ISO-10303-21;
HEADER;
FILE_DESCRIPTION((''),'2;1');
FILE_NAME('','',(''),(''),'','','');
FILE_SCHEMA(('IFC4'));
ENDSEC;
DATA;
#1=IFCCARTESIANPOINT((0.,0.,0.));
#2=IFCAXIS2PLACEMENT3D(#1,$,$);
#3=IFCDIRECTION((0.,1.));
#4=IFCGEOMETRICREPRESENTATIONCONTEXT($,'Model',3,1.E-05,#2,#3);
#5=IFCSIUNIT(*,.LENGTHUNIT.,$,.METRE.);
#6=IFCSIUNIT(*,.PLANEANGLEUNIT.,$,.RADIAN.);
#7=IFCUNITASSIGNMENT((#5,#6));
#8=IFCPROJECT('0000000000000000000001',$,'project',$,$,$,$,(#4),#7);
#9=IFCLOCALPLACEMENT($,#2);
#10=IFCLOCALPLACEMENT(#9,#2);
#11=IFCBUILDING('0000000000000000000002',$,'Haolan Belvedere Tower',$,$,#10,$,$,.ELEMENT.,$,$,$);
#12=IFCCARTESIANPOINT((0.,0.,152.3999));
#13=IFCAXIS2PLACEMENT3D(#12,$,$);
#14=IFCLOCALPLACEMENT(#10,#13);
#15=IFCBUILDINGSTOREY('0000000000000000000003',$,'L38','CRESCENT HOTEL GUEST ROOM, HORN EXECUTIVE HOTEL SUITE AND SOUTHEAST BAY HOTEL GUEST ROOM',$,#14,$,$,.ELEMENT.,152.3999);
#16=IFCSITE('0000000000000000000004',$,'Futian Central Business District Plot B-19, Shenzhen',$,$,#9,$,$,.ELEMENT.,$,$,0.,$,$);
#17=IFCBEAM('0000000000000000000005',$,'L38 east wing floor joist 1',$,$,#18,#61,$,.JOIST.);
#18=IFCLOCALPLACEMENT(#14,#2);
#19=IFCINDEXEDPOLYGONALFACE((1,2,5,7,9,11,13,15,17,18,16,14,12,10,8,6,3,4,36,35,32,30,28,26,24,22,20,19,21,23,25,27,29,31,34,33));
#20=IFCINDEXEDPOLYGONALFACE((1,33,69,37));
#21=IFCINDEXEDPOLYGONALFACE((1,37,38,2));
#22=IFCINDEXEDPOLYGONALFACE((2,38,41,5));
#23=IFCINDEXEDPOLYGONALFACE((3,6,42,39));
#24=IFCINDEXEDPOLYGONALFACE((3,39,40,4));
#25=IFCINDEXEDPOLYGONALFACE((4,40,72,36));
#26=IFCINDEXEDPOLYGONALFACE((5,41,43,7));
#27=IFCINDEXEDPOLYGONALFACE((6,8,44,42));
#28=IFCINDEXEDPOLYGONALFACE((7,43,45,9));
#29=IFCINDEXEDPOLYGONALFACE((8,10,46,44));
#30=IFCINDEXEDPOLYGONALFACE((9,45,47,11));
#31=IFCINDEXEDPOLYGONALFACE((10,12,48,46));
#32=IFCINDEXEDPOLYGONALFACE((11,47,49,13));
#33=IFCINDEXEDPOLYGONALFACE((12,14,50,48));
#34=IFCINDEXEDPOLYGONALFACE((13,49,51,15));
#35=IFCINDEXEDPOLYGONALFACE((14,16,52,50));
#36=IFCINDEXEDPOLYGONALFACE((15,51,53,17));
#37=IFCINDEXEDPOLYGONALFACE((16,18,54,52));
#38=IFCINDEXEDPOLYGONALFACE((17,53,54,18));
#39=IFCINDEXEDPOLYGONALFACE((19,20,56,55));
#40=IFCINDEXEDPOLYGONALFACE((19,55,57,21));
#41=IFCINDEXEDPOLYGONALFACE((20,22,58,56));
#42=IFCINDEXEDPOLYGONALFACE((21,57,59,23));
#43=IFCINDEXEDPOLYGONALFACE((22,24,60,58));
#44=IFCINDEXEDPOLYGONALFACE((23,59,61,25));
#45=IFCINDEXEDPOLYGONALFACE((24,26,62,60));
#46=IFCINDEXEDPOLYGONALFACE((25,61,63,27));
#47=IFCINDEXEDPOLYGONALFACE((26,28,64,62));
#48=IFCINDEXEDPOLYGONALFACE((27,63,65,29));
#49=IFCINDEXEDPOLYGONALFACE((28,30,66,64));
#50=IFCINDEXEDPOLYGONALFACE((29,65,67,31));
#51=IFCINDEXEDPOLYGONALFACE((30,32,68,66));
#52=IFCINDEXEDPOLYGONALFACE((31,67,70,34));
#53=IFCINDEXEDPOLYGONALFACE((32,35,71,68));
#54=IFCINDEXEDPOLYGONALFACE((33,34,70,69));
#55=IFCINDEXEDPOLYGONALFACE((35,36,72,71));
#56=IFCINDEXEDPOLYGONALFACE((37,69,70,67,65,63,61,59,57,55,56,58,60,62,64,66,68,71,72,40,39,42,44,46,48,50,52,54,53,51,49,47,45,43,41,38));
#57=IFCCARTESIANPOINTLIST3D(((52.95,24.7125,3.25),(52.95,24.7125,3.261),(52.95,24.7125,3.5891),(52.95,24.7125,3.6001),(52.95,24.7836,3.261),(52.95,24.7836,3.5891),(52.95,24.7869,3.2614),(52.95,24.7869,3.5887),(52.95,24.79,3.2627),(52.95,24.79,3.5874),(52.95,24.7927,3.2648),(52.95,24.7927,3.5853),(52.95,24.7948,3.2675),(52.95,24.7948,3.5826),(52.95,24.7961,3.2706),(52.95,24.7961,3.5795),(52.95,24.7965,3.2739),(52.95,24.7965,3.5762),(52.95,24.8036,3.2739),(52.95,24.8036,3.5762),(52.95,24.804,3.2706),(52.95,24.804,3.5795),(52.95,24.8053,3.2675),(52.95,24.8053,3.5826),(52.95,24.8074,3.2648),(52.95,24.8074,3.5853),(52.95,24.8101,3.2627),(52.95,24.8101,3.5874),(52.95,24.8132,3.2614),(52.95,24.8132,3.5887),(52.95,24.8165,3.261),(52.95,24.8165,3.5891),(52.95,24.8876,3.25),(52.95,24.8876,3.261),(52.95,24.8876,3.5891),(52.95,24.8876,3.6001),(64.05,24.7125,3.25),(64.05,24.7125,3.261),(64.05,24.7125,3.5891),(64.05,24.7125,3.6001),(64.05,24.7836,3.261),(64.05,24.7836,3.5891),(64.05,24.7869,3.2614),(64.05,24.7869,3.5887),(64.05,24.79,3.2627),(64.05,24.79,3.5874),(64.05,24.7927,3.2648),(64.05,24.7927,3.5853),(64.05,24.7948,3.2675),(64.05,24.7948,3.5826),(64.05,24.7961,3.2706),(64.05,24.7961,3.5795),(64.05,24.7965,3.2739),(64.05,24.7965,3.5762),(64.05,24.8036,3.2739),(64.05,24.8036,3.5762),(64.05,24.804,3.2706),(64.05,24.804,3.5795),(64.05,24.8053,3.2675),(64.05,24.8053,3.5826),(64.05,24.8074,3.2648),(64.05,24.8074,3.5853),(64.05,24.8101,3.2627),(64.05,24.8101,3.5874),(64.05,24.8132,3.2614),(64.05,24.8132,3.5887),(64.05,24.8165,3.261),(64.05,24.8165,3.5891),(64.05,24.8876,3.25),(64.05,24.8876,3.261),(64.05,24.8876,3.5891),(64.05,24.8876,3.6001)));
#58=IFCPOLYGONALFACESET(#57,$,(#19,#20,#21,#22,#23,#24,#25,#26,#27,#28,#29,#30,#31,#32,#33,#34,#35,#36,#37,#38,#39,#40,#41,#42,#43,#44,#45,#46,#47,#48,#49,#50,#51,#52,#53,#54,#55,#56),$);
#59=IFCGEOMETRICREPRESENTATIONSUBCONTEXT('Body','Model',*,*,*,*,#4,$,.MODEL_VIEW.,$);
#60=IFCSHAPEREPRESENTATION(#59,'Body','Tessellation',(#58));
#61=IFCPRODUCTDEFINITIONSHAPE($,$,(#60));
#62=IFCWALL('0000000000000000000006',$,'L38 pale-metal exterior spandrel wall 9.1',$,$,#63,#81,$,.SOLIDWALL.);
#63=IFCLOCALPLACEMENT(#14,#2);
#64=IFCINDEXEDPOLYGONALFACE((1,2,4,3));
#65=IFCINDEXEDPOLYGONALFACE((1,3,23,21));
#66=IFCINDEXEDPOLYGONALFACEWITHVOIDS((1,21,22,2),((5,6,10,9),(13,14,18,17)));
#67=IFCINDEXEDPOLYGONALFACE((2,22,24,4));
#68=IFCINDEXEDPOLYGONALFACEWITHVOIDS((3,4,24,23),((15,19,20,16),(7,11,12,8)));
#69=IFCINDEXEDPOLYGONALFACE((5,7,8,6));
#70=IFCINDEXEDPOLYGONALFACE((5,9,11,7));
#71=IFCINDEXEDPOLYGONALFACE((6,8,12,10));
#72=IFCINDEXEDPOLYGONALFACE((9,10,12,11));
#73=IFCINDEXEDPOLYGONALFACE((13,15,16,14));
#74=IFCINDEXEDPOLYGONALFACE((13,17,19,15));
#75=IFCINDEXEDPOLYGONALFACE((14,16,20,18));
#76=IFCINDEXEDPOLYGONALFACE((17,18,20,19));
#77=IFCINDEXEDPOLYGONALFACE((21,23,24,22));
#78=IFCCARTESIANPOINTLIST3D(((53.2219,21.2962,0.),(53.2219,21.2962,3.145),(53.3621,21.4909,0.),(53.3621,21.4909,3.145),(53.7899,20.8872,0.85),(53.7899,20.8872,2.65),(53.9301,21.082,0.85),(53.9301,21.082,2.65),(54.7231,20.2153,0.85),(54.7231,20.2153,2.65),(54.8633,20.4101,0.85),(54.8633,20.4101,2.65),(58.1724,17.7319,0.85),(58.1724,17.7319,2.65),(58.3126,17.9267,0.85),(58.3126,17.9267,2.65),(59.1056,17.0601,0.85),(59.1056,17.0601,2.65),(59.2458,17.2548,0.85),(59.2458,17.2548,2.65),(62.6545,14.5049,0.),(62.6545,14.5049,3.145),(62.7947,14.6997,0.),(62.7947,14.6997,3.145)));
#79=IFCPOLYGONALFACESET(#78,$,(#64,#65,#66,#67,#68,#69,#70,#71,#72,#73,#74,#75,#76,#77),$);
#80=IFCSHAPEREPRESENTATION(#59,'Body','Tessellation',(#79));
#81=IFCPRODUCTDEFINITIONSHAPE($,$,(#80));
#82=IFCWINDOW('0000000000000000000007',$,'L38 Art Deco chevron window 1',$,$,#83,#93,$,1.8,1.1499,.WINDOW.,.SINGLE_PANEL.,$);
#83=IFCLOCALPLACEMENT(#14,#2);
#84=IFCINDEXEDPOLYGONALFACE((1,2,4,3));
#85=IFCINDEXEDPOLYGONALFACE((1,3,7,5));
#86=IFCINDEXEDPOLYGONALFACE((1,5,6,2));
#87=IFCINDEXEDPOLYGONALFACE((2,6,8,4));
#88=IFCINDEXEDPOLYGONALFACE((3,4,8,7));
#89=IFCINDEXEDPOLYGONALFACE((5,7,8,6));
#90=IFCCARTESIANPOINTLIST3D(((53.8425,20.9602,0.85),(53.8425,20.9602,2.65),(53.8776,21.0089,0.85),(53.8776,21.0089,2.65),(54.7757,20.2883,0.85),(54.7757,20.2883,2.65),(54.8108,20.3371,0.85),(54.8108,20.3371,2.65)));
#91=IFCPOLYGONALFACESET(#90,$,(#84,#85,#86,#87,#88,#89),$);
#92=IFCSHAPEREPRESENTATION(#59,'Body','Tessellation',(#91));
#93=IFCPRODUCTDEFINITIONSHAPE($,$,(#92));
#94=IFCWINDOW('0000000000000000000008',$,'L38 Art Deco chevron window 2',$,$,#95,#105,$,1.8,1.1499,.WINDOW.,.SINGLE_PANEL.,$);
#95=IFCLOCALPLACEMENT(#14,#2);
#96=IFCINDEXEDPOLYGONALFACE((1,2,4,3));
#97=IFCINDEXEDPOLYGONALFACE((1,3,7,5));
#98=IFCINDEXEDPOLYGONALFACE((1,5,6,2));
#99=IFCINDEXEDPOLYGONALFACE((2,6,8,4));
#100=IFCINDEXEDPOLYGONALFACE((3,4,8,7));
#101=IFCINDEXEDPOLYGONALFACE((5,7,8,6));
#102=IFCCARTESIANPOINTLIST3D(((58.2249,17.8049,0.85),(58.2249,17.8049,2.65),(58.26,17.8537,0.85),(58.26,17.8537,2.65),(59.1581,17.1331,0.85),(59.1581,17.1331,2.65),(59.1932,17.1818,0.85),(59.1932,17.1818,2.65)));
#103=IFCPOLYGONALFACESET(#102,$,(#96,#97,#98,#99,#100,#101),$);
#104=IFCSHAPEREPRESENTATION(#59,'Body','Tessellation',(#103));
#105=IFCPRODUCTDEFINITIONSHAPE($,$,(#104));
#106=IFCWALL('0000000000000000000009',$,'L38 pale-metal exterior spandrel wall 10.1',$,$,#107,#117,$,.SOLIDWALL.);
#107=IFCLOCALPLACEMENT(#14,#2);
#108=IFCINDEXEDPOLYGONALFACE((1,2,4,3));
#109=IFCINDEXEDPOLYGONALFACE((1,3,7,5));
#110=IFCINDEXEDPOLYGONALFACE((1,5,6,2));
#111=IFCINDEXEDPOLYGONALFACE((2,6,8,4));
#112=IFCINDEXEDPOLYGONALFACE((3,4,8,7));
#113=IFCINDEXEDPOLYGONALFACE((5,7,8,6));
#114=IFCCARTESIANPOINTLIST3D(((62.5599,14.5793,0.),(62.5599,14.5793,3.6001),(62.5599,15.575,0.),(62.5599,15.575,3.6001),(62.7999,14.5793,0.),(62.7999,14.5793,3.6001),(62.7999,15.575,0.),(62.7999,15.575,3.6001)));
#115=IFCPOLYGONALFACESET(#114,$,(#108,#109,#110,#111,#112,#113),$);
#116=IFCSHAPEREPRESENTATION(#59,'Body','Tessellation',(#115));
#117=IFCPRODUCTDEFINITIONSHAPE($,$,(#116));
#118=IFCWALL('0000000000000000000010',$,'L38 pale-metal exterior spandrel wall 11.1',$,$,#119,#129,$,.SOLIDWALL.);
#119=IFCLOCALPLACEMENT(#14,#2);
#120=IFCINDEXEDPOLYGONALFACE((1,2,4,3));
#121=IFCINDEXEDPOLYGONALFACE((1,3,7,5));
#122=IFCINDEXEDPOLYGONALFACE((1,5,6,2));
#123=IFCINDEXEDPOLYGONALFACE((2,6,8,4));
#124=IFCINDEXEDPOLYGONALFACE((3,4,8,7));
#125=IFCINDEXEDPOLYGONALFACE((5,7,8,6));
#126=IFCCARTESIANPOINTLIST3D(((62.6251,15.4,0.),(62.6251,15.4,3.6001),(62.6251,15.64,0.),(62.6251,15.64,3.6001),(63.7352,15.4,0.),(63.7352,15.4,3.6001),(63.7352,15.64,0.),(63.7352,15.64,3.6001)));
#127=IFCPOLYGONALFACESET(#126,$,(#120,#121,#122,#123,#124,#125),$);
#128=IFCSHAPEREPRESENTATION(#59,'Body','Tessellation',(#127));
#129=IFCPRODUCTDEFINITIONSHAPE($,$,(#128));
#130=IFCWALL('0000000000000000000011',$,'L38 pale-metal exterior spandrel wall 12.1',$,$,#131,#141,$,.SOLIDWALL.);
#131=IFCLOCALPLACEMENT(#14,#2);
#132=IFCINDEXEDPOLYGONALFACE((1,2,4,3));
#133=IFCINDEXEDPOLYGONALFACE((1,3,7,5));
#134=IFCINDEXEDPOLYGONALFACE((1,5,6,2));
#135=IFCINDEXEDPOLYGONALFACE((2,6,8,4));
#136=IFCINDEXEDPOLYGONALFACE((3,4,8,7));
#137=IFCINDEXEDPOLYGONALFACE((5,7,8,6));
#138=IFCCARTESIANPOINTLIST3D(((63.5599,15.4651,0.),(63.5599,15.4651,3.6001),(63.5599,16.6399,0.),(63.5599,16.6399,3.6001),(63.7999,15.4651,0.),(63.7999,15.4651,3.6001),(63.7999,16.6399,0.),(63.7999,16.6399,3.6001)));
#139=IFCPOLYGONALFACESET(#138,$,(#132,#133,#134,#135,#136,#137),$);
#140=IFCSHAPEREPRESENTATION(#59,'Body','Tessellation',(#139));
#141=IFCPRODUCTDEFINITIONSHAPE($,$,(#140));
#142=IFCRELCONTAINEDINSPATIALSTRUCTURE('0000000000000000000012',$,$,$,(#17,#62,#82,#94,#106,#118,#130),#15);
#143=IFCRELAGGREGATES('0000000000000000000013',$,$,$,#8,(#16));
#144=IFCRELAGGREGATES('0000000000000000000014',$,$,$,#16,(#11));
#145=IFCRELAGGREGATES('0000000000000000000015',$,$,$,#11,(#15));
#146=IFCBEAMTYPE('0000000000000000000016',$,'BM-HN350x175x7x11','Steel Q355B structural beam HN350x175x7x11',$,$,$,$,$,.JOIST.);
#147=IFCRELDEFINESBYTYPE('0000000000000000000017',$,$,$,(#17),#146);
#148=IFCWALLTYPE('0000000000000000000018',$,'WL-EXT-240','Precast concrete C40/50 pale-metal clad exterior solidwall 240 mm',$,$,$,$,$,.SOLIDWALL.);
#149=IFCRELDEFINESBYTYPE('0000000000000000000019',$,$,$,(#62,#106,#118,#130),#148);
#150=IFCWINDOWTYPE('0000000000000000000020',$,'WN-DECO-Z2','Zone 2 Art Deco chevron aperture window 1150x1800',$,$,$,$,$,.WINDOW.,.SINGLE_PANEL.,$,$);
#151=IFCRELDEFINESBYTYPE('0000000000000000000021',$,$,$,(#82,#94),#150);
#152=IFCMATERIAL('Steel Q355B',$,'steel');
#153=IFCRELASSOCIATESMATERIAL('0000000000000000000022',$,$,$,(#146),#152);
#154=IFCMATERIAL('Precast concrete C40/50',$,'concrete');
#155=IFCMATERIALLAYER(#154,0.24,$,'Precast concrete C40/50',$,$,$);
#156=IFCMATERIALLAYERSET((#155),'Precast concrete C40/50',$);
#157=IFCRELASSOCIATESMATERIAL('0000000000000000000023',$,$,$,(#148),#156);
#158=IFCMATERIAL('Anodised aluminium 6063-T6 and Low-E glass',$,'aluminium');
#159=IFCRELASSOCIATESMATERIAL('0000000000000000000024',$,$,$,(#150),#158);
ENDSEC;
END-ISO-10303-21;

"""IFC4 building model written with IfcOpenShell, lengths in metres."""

from ifc_helpers import new_model, si_unit, direction, frame, frame_2d, origin, origin_2d, place, context, subcontext, project, spatial, rectangle, i_section, extrude, material, layer, layer_set, material_profile, profile_set, type_object, element, fill, save


model = new_model("IFC4")

# Units and contexts
model_context = context("Model", 3, precision=1e-05, world=origin(), true_north=direction((0.0, 1.0)))
body_context = subcontext(model_context, "Body", "Model", "MODEL_VIEW")
ifc_project = project(units=[si_unit("LENGTHUNIT", "METRE"), si_unit("PLANEANGLEUNIT", "RADIAN")], contexts=[model_context])

# Site, building, storey
site_placement = place(None, origin())
site = spatial("IfcSite", under=ifc_project, at=site_placement, Name="Futian Central Business District Plot B-19, Shenzhen", CompositionType="ELEMENT", RefElevation=0.0)
building_placement = place(site_placement, origin())
building = spatial("IfcBuilding", under=site, at=building_placement, Name="Haolan Belvedere Tower", CompositionType="ELEMENT")
storey_placement = place(building_placement, frame((0.0, 0.0, 152.3999)))
storey = spatial("IfcBuildingStorey", under=building, at=storey_placement, Name="L38", Description="CRESCENT HOTEL GUEST ROOM, HORN EXECUTIVE HOTEL SUITE AND SOUTHEAST BAY HOTEL GUEST ROOM", CompositionType="ELEMENT", Elevation=152.3999)

# Beam
ifc_material_1 = material(Name="Steel Q355B", Category="steel")
ifc_material_profile_1 = material_profile(ifc_material_1, i_section(OverallWidth=0.175, OverallDepth=0.3501, WebThickness=0.0071, FlangeThickness=0.011, FilletRadius=0.0129, at=origin_2d()), Name="Steel Q355B")
ifc_profile_set_1 = profile_set([ifc_material_profile_1], Name="Steel Q355B")
beam_type_1 = type_object("IfcBeamType", Name="BM-HN350x175x7x11", Description="Steel Q355B structural beam HN350x175x7x11", PredefinedType="JOIST", material=ifc_profile_set_1)
beam_1_placement = place(storey_placement, frame((52.95, 24.8, 3.425), z_axis=(1.0, 0.0, 0.0), x_axis=(0.0, 1.0, 0.0)))
element("IfcBeam", 1, at=beam_1_placement, inside=storey, type_object=beam_type_1, Name="L38 east wing floor joist 1", PredefinedType="JOIST", context=body_context, shape_type="SweptSolid", body=[
    extrude(i_section(OverallWidth=0.175, OverallDepth=0.3501, WebThickness=0.0071, FlangeThickness=0.011, FilletRadius=0.0129, at=origin_2d()), origin(), (0.0, 0.0, 1.0), 11.1001),
])

# Wall, openings, windows
ifc_material_2 = material(Name="Precast concrete C40/50", Category="concrete")
ifc_layer_1 = layer(ifc_material_2, 0.24, Name="Precast concrete C40/50")
ifc_layer_set_1 = layer_set([ifc_layer_1], Name="Precast concrete C40/50")
wall_type_1 = type_object("IfcWallType", Name="WL-EXT-240", Description="Precast concrete C40/50 pale-metal clad exterior solidwall 240 mm", PredefinedType="SOLIDWALL", material=ifc_layer_set_1)
wall_1_placement = place(storey_placement, frame((53.292, 21.3936, 0.0), z_axis=(0.0, 0.0, 1.0), x_axis=(0.811544, -0.584292, 0.0)))
wall_1 = element("IfcWall", 2, at=wall_1_placement, inside=storey, type_object=wall_type_1, Name="L38 pale-metal exterior spandrel wall 9.1", PredefinedType="SOLIDWALL", context=body_context, shape_type="SweptSolid", body=[
    extrude(rectangle(XDim=11.623, YDim=0.24, at=frame_2d((5.8115, 0.0))), origin(), (0.0, 0.0, 1.0), 3.145),
])
opening_1_placement = place(wall_1_placement, frame((0.7, 0.0, 0.8501)))
opening_1 = element("IfcOpeningElement", 3, at=opening_1_placement, cuts=wall_1, PredefinedType="OPENING", context=body_context, shape_type="SweptSolid", body=[
    extrude(rectangle(XDim=1.1499, YDim=1.8, at=frame_2d((0.575, 0.8999))), frame((0.0, 0.1299, 0.0), z_axis=(0.0, -1.0, 0.0), x_axis=(1.0, 0.0, 0.0)), (0.0, 0.0, 1.0), 0.26),
])
opening_2_placement = place(wall_1_placement, frame((6.1001, 0.0, 0.8501)))
opening_2 = element("IfcOpeningElement", 4, at=opening_2_placement, cuts=wall_1, PredefinedType="OPENING", context=body_context, shape_type="SweptSolid", body=[
    extrude(rectangle(XDim=1.1499, YDim=1.8, at=frame_2d((0.575, 0.8999))), frame((0.0, 0.1299, 0.0), z_axis=(0.0, -1.0, 0.0), x_axis=(1.0, 0.0, 0.0)), (0.0, 0.0, 1.0), 0.26),
])
ifc_material_3 = material(Name="Anodised aluminium 6063-T6 and Low-E glass", Category="aluminium")
window_type = type_object("IfcWindowType", Name="WN-DECO-Z2", Description="Zone 2 Art Deco chevron aperture window 1150x1800", PartitioningType="SINGLE_PANEL", PredefinedType="WINDOW", material=ifc_material_3)
window_1_placement = place(opening_1_placement, origin())
window_1 = element("IfcWindow", 5, at=window_1_placement, inside=storey, type_object=window_type, Name="L38 Art Deco chevron window 1", OverallHeight=1.8, OverallWidth=1.1499, PartitioningType="SINGLE_PANEL", PredefinedType="WINDOW", context=body_context, shape_type="SweptSolid", body=[
    extrude(rectangle(XDim=1.1499, YDim=1.8, at=frame_2d((0.575, 0.8999))), frame((0.0, 0.03, 0.0), z_axis=(0.0, -1.0, 0.0), x_axis=(1.0, 0.0, 0.0)), (0.0, 0.0, 1.0), 0.0601),
])
fill(opening_1, window_1)
window_2_placement = place(opening_2_placement, origin())
window_2 = element("IfcWindow", 6, at=window_2_placement, inside=storey, type_object=window_type, Name="L38 Art Deco chevron window 2", OverallHeight=1.8, OverallWidth=1.1499, PartitioningType="SINGLE_PANEL", PredefinedType="WINDOW", context=body_context, shape_type="SweptSolid", body=[
    extrude(rectangle(XDim=1.1499, YDim=1.8, at=frame_2d((0.575, 0.8999))), frame((0.0, 0.03, 0.0), z_axis=(0.0, -1.0, 0.0), x_axis=(1.0, 0.0, 0.0)), (0.0, 0.0, 1.0), 0.0601),
])
fill(opening_2, window_2)

# Walls
wall_2_placement = place(storey_placement, frame((62.6799, 14.5793, 0.0), z_axis=(0.0, 0.0, 1.0), x_axis=(0.0, 1.0, 0.0)))
element("IfcWall", 7, at=wall_2_placement, inside=storey, type_object=wall_type_1, Name="L38 pale-metal exterior spandrel wall 10.1", PredefinedType="SOLIDWALL", context=body_context, shape_type="SweptSolid", body=[
    extrude(rectangle(XDim=0.9956, YDim=0.24, at=frame_2d((0.4978, 0.0))), origin(), (0.0, 0.0, 1.0), 3.6001),
])
wall_3_placement = place(storey_placement, frame((62.625, 15.52, 0.0), z_axis=(0.0, 0.0, 1.0), x_axis=(1.0, 0.0, 0.0)))
element("IfcWall", 8, at=wall_3_placement, inside=storey, type_object=wall_type_1, Name="L38 pale-metal exterior spandrel wall 11.1", PredefinedType="SOLIDWALL", context=body_context, shape_type="SweptSolid", body=[
    extrude(rectangle(XDim=1.1101, YDim=0.24, at=frame_2d((0.5552, 0.0))), origin(), (0.0, 0.0, 1.0), 3.6001),
])
wall_4_placement = place(storey_placement, frame((63.6799, 15.4651, 0.0), z_axis=(0.0, 0.0, 1.0), x_axis=(0.0, 1.0, 0.0)))
element("IfcWall", 9, at=wall_4_placement, inside=storey, type_object=wall_type_1, Name="L38 pale-metal exterior spandrel wall 12.1", PredefinedType="SOLIDWALL", context=body_context, shape_type="SweptSolid", body=[
    extrude(rectangle(XDim=1.1748, YDim=0.24, at=frame_2d((0.5874, 0.0))), origin(), (0.0, 0.0, 1.0), 3.6001),
])

save(model, "model.ifc")
